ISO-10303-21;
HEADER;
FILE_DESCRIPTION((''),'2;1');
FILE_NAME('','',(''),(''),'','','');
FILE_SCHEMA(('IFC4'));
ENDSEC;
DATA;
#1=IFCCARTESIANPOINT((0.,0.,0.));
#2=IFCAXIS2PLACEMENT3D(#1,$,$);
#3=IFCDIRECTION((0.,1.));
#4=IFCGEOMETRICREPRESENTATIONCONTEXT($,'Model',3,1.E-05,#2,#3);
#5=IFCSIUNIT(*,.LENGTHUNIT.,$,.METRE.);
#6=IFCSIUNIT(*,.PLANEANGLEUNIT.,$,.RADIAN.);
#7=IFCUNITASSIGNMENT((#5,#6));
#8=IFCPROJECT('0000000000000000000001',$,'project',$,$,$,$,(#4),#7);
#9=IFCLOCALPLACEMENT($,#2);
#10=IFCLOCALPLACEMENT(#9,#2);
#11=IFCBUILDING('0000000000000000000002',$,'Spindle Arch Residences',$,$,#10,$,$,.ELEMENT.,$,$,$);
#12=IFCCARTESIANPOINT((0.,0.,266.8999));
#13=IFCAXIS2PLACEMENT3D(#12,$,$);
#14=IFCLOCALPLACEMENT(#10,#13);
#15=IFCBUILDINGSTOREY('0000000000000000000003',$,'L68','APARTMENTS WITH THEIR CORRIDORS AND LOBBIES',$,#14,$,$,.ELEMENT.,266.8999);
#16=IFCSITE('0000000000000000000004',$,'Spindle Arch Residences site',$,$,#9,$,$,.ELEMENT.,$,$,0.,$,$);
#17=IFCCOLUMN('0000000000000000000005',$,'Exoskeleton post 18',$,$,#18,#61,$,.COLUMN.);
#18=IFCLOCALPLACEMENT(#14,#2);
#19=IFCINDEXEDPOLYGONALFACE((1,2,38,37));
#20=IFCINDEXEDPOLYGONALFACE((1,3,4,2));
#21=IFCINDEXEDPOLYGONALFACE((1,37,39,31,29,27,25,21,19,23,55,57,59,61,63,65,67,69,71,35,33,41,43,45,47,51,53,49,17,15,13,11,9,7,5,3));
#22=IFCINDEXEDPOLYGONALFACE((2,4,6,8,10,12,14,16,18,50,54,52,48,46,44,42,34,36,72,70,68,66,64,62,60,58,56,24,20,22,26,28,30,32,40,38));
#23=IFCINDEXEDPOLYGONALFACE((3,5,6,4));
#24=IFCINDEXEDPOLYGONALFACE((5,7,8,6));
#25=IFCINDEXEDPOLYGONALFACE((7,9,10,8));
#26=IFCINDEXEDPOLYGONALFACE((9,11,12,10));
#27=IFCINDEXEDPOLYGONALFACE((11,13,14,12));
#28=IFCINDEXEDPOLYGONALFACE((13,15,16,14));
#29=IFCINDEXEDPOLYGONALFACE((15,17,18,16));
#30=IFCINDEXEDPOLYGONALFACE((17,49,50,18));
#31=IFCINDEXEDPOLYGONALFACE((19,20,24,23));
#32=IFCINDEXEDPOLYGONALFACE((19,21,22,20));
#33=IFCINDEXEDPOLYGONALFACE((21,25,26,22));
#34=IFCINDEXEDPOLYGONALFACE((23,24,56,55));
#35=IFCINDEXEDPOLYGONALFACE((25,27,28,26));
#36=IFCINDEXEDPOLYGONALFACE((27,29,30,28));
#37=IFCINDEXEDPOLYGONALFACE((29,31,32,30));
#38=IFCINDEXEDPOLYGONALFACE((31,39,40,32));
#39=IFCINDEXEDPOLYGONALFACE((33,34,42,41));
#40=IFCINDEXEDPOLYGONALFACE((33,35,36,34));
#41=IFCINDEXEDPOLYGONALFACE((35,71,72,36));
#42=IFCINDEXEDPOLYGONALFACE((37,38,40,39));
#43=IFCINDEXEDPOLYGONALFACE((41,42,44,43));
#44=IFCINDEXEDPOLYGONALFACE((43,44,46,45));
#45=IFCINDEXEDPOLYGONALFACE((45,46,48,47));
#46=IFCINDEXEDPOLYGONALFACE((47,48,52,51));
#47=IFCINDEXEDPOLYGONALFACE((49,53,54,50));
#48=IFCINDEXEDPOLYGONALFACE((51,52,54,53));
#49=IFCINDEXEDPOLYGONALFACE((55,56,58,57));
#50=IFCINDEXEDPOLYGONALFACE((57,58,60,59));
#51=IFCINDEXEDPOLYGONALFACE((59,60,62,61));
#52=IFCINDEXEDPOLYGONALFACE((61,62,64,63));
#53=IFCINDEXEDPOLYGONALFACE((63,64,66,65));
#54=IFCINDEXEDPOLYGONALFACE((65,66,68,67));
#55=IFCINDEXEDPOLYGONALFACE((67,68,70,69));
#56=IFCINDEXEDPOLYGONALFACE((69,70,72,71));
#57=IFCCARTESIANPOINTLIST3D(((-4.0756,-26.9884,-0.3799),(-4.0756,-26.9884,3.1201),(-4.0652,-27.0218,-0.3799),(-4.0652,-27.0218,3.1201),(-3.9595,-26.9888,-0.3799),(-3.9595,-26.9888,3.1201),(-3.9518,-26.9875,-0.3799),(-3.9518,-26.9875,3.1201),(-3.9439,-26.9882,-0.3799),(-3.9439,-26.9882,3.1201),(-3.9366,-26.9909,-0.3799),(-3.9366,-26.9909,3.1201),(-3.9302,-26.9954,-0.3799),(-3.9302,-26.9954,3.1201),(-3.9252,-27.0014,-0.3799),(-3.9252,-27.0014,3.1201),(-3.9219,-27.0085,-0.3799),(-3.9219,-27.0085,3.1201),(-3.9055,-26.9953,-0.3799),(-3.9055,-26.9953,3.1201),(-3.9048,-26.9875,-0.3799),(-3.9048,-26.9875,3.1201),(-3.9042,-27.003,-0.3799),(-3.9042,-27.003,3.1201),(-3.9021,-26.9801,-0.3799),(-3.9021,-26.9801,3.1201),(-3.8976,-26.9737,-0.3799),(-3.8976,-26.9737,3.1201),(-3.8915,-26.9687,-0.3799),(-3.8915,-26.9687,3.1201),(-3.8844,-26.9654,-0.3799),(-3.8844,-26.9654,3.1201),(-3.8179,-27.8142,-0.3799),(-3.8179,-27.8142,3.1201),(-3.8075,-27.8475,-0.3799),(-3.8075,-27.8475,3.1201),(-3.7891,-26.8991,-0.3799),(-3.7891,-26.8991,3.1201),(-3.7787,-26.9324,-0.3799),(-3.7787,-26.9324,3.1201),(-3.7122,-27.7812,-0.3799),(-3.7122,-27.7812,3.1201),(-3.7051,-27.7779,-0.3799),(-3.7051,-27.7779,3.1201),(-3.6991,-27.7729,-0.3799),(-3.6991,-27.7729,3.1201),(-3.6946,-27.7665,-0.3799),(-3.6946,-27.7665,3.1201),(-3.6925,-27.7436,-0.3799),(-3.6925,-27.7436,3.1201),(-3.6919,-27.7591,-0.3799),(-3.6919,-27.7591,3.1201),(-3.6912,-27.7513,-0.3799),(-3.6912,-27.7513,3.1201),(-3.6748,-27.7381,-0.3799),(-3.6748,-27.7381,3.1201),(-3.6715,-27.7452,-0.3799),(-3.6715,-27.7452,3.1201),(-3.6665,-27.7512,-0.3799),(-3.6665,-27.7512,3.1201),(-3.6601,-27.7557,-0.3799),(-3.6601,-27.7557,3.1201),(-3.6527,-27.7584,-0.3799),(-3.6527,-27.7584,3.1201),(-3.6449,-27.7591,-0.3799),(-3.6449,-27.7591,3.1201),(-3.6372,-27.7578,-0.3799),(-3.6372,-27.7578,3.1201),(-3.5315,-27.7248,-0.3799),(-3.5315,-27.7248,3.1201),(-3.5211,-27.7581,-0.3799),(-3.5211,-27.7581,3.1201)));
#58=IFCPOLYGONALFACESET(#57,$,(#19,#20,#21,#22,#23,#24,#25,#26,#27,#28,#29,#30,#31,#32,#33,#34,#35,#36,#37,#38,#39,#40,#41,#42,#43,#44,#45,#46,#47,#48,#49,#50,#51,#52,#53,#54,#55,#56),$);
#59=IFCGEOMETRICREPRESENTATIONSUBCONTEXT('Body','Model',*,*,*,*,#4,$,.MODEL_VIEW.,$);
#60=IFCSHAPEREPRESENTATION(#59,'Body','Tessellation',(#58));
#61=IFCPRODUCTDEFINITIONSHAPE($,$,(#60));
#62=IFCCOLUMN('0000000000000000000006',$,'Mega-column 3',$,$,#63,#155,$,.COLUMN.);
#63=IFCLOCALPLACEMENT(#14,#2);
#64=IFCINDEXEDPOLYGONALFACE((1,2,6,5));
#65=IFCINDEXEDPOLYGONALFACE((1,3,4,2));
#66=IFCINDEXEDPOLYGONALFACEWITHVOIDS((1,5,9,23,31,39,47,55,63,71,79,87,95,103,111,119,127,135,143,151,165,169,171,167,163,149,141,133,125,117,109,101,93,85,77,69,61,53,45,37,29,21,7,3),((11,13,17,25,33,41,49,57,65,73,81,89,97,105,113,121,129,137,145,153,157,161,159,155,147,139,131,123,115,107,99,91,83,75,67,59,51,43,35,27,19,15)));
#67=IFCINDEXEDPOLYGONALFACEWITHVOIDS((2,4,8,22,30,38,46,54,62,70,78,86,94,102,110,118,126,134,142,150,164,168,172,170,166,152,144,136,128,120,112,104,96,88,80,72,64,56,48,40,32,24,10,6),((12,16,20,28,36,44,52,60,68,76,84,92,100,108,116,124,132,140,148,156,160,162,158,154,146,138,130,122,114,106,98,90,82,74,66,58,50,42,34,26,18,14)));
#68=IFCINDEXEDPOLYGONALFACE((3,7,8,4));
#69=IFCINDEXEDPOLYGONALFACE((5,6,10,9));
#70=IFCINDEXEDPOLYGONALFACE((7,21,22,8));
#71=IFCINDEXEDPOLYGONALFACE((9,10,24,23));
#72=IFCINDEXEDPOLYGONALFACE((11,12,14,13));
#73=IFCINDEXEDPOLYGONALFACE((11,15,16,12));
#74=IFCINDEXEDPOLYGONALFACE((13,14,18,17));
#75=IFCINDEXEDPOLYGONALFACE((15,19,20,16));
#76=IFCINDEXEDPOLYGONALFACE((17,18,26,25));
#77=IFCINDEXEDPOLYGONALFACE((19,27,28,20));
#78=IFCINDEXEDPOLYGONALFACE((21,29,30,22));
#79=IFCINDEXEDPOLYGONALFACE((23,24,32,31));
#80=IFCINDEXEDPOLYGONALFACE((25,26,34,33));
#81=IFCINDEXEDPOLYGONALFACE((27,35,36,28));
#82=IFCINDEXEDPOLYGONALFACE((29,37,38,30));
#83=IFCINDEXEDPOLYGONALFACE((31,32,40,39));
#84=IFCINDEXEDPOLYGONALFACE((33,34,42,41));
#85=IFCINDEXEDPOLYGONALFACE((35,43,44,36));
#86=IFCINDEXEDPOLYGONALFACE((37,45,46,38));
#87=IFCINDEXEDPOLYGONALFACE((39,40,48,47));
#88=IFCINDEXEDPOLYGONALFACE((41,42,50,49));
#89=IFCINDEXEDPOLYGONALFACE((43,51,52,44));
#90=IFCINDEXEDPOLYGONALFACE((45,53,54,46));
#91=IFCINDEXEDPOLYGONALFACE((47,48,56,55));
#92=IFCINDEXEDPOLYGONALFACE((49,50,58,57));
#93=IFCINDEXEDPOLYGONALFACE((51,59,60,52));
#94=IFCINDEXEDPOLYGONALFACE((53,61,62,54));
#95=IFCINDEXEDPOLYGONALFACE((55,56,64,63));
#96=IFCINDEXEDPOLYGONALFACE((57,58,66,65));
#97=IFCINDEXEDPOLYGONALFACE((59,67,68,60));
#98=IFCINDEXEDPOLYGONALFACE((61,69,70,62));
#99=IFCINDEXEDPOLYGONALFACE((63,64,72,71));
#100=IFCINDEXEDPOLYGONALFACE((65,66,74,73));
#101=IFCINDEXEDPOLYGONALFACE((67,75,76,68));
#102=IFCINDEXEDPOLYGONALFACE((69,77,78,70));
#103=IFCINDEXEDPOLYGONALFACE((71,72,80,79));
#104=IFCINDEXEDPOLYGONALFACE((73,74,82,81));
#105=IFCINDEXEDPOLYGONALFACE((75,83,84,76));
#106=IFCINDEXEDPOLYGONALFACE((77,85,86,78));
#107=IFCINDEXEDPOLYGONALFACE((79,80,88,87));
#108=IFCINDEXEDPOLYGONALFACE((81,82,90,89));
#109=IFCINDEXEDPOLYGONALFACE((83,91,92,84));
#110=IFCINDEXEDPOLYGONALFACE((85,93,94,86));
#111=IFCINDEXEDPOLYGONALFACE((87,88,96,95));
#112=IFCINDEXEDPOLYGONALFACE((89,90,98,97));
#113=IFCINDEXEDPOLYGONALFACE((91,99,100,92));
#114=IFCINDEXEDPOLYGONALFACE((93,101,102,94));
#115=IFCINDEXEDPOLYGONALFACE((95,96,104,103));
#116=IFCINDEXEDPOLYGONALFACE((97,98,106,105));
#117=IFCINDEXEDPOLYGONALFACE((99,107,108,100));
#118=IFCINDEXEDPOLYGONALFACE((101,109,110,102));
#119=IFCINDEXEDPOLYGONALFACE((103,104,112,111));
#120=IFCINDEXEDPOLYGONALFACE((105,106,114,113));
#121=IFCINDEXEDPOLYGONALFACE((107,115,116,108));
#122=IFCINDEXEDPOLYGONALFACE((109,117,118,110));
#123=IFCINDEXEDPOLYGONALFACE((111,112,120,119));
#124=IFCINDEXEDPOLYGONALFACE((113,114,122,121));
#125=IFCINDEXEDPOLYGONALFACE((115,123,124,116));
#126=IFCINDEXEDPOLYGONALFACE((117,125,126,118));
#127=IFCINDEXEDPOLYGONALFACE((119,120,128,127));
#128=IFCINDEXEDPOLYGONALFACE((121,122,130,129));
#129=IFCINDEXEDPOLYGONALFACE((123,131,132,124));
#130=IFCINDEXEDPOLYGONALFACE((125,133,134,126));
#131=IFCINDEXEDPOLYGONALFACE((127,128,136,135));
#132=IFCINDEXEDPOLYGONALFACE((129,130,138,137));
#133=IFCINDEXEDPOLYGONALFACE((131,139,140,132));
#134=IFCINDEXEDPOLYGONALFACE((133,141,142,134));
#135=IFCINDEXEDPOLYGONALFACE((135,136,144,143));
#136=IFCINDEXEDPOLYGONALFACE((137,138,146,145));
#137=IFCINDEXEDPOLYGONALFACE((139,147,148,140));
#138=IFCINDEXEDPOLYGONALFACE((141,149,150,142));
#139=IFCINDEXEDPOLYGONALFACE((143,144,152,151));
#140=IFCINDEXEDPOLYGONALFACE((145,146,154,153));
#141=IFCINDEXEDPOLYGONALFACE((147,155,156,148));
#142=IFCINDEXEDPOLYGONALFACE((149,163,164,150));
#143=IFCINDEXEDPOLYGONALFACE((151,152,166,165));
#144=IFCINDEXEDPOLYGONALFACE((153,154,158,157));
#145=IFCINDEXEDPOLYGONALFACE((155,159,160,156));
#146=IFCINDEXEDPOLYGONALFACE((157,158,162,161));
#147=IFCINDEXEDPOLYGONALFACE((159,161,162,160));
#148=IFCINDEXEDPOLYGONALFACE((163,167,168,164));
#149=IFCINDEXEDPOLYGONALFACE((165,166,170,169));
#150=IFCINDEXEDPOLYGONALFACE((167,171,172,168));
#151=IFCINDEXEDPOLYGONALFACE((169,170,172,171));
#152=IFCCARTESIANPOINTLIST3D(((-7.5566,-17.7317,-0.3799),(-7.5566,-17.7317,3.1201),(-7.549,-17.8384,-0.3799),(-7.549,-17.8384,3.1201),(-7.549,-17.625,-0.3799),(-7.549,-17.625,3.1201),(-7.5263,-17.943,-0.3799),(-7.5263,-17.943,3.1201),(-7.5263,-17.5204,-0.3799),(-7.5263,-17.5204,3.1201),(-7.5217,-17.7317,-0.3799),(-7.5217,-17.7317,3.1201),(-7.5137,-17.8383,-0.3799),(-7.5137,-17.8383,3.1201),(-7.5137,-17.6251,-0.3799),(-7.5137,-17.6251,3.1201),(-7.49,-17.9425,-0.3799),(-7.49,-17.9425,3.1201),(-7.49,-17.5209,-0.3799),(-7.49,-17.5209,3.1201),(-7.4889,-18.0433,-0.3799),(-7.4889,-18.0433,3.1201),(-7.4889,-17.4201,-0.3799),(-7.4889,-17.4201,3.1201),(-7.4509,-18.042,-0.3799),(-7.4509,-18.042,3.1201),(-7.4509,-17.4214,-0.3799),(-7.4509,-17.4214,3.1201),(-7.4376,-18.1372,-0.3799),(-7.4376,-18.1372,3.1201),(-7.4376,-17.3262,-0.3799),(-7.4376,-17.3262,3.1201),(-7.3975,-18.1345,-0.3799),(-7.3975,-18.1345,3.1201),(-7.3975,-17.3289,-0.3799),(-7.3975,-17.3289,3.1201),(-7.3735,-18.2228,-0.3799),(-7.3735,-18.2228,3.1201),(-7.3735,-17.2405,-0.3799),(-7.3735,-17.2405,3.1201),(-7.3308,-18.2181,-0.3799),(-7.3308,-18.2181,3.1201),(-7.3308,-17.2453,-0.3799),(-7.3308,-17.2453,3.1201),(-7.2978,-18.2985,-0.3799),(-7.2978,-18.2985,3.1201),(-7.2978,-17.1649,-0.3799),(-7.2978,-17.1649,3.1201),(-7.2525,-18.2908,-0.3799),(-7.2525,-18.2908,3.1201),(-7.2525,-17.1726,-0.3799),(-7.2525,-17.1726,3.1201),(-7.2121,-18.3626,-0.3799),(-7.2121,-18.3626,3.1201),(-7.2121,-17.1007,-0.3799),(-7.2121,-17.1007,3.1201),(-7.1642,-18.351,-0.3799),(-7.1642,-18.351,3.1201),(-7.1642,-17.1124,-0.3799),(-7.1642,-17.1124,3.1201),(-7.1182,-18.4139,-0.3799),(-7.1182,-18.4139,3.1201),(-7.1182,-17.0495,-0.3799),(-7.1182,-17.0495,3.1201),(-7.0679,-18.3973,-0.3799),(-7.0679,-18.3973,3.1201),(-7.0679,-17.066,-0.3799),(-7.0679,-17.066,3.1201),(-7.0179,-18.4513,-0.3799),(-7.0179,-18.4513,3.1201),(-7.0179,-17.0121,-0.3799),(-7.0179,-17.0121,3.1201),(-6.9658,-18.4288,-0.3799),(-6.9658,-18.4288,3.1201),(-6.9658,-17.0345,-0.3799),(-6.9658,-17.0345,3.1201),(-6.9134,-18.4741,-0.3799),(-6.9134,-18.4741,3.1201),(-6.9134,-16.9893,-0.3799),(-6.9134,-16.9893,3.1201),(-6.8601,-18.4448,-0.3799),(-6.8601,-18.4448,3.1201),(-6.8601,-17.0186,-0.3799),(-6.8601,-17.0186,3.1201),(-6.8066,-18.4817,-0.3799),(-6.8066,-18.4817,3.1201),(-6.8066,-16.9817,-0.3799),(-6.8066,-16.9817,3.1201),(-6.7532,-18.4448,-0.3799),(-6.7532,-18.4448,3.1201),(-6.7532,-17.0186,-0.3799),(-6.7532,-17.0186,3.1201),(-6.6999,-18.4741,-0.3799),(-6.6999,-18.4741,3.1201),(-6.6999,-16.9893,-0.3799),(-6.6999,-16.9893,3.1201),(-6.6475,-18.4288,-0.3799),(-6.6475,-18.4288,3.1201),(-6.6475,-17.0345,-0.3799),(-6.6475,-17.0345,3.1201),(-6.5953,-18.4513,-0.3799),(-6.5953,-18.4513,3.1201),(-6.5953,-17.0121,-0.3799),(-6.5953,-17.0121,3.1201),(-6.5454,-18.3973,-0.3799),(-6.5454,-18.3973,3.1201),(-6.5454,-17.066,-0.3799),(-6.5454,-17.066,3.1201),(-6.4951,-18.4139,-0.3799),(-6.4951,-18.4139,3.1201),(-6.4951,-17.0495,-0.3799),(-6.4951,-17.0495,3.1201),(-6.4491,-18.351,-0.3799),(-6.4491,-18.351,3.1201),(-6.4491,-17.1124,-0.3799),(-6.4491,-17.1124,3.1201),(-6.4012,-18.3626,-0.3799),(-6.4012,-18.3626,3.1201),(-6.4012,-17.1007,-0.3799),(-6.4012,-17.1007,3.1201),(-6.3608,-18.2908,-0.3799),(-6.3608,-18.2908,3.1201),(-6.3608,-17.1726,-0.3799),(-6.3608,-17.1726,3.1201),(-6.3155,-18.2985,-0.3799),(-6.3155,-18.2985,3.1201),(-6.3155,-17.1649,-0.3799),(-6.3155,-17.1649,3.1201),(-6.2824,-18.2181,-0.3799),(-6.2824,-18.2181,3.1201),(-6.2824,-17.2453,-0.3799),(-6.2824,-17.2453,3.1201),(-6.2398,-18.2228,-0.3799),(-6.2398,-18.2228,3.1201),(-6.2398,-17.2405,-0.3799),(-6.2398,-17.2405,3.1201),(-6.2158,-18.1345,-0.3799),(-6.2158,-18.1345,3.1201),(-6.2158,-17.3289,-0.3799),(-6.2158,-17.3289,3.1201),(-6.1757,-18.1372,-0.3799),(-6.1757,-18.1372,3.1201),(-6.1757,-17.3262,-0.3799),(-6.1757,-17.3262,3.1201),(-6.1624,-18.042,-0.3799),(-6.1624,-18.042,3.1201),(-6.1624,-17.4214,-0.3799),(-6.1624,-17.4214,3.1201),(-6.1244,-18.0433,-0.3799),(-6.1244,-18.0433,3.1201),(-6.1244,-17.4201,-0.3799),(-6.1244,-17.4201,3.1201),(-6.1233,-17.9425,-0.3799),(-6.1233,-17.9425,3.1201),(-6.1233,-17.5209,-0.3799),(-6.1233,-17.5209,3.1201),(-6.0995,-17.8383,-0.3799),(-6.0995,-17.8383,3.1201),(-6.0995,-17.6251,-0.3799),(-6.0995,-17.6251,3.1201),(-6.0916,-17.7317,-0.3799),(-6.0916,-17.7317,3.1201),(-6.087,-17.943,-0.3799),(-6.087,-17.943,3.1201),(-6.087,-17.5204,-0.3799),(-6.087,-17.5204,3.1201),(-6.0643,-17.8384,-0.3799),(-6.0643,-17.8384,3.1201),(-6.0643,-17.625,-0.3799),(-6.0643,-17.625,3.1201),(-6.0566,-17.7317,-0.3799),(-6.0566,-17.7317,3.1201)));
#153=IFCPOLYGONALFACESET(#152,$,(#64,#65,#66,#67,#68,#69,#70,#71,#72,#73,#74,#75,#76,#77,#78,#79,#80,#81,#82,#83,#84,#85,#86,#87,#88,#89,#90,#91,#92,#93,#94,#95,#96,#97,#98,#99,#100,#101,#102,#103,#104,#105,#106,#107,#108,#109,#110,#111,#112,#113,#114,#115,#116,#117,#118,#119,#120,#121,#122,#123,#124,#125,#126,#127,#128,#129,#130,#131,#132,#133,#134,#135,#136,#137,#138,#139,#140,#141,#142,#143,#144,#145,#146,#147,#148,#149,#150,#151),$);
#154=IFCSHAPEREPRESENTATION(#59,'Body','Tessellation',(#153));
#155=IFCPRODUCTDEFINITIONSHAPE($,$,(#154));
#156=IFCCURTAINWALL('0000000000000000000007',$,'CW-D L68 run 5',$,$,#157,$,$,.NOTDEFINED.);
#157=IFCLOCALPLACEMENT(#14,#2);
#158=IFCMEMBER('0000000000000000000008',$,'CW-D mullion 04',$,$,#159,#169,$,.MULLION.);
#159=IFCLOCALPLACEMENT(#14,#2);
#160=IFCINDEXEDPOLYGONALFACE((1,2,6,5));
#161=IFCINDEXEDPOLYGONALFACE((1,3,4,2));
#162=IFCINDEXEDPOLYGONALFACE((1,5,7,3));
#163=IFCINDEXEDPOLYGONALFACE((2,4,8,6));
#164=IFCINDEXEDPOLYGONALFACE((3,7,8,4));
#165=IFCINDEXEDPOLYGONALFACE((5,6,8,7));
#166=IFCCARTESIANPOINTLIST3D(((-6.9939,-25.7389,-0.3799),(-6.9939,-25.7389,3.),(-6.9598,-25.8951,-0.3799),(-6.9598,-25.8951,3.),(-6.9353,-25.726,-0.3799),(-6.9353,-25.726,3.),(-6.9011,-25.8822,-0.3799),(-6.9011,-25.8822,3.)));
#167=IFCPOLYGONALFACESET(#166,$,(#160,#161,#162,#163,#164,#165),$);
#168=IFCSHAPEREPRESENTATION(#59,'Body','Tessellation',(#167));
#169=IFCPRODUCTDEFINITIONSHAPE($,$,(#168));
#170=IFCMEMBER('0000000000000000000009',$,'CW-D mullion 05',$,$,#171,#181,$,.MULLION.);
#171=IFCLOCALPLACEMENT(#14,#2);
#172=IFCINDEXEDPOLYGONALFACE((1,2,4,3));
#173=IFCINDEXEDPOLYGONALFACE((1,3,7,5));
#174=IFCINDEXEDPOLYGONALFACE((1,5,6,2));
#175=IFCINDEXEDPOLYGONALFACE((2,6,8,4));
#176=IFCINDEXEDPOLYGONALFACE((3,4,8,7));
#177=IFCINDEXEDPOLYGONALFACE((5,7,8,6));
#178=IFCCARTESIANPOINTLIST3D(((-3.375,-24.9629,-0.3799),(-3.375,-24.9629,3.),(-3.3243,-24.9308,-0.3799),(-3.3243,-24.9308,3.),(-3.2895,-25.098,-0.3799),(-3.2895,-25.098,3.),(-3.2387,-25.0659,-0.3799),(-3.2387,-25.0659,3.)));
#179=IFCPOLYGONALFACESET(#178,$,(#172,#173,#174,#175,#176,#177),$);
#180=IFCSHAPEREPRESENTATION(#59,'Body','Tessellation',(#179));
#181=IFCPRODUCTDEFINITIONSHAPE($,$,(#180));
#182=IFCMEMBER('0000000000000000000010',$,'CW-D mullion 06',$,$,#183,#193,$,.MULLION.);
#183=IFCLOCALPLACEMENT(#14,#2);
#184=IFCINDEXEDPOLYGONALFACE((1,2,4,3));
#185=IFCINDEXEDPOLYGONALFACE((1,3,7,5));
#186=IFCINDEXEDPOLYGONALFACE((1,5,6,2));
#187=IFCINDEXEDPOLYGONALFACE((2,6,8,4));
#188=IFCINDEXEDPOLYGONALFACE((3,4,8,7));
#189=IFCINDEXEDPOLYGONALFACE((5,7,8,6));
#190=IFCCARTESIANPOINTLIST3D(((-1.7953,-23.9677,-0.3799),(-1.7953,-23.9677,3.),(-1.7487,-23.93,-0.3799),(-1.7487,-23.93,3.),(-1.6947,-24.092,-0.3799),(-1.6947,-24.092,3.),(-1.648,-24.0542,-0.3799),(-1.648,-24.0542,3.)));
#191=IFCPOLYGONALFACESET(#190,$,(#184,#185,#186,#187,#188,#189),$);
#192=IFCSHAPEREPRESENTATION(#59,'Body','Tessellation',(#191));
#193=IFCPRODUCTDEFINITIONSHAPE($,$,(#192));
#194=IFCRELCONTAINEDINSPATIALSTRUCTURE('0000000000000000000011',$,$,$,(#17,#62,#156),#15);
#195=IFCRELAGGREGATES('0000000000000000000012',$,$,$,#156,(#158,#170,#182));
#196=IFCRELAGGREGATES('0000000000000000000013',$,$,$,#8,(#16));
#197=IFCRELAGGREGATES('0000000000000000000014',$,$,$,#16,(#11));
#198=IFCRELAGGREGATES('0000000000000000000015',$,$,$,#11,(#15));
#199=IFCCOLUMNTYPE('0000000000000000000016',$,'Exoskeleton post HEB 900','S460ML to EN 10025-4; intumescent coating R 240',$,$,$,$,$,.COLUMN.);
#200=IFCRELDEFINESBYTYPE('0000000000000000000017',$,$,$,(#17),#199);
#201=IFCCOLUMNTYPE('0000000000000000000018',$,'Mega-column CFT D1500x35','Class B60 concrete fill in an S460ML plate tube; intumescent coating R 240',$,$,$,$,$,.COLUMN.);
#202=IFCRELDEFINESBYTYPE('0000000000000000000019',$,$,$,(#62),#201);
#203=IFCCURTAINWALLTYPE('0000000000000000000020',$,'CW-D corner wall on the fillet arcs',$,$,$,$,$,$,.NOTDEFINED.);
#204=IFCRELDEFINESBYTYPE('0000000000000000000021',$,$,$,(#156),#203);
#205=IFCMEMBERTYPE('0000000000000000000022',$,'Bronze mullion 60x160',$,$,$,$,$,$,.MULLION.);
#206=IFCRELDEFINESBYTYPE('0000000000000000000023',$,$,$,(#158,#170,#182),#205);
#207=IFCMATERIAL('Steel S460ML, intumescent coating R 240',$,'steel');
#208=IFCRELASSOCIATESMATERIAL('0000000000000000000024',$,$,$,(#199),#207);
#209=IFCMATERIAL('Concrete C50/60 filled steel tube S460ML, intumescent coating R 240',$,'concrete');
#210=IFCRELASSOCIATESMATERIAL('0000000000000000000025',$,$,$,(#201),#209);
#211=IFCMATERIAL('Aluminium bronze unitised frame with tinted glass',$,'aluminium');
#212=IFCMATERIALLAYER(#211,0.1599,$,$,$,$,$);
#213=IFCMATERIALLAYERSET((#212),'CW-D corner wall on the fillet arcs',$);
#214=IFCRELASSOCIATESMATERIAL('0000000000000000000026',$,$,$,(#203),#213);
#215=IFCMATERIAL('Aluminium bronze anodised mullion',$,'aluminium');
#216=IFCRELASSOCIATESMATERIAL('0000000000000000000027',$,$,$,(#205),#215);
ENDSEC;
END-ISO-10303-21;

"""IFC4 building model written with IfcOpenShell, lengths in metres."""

from ifc_helpers import new_model, si_unit, direction, frame, origin, origin_2d, place, context, subcontext, project, spatial, rectangle, hollow_circle, i_section, extrude, material, layer, layer_set, material_profile, profile_set, type_object, element, aggregate, save


model = new_model("IFC4")

# Units and contexts
model_context = context("Model", 3, precision=1e-05, world=origin(), true_north=direction((0.0, 1.0)))
body_context = subcontext(model_context, "Body", "Model", "MODEL_VIEW")
ifc_project = project(units=[si_unit("LENGTHUNIT", "METRE"), si_unit("PLANEANGLEUNIT", "RADIAN")], contexts=[model_context])

# Site, building, storey
site_placement = place(None, origin())
site = spatial("IfcSite", under=ifc_project, at=site_placement, Name="Spindle Arch Residences site", CompositionType="ELEMENT", RefElevation=0.0)
building_placement = place(site_placement, origin())
building = spatial("IfcBuilding", under=site, at=building_placement, Name="Spindle Arch Residences", CompositionType="ELEMENT")
storey_placement = place(building_placement, frame((0.0, 0.0, 266.8999)))
storey = spatial("IfcBuildingStorey", under=building, at=storey_placement, Name="L68", Description="APARTMENTS WITH THEIR CORRIDORS AND LOBBIES", CompositionType="ELEMENT", Elevation=266.8999)

# Columns
ifc_material_1 = material(Name="Steel S460ML, intumescent coating R 240", Category="steel")
ifc_material_profile_1 = material_profile(ifc_material_1, i_section(OverallWidth=0.3, OverallDepth=0.8999, WebThickness=0.0186, FlangeThickness=0.0349, FilletRadius=0.03, at=origin_2d()), Name="HEB 900")
ifc_profile_set_1 = profile_set([ifc_material_profile_1], Name="Steel S460ML, intumescent coating R 240")
column_type_1 = type_object("IfcColumnType", Name="Exoskeleton post HEB 900", Description="S460ML to EN 10025-4; intumescent coating R 240", PredefinedType="COLUMN", material=ifc_profile_set_1)
column_1_placement = place(storey_placement, frame((-3.7983, -27.3733, -0.3799), z_axis=(0.0, 0.0, 1.0), x_axis=(-0.954617, -0.297835, 0.0)))
element("IfcColumn", 1, at=column_1_placement, inside=storey, type_object=column_type_1, Name="Exoskeleton post 18", PredefinedType="COLUMN", context=body_context, shape_type="SweptSolid", body=[
    extrude(i_section(OverallWidth=0.3, OverallDepth=0.8999, WebThickness=0.0186, FlangeThickness=0.0349, FilletRadius=0.03, at=origin_2d()), origin(), (0.0, 0.0, 1.0), 3.5),
])
ifc_material_2 = material(Name="Concrete C50/60 filled steel tube S460ML, intumescent coating R 240", Category="concrete")
ifc_material_profile_2 = material_profile(ifc_material_2, hollow_circle(Radius=0.75, WallThickness=0.0349, at=origin_2d()), Name="CFT D1500x35")
ifc_profile_set_2 = profile_set([ifc_material_profile_2], Name="Concrete C50/60 filled steel tube S460ML, intumescent coating R 240")
column_type_2 = type_object("IfcColumnType", Name="Mega-column CFT D1500x35", Description="Class B60 concrete fill in an S460ML plate tube; intumescent coating R 240", PredefinedType="COLUMN", material=ifc_profile_set_2)
column_2_placement = place(storey_placement, frame((-6.8066, -17.7317, -0.3799), z_axis=(0.0, 0.0, 1.0), x_axis=(1.0, 0.0, 0.0)))
element("IfcColumn", 2, at=column_2_placement, inside=storey, type_object=column_type_2, Name="Mega-column 3", PredefinedType="COLUMN", context=body_context, shape_type="SweptSolid", body=[
    extrude(hollow_circle(Radius=0.75, WallThickness=0.0349, at=origin_2d()), origin(), (0.0, 0.0, 1.0), 3.5),
])

# Curtain wall, members
ifc_material_3 = material(Name="Aluminium bronze unitised frame with tinted glass", Category="aluminium")
ifc_layer_1 = layer(ifc_material_3, 0.1599)
ifc_layer_set_1 = layer_set([ifc_layer_1], Name="CW-D corner wall on the fillet arcs")
curtain_wall_type = type_object("IfcCurtainWallType", Name="CW-D corner wall on the fillet arcs", PredefinedType="NOTDEFINED", material=ifc_layer_set_1)
curtain_wall_placement = place(storey_placement, origin())
curtain_wall = element("IfcCurtainWall", 3, at=curtain_wall_placement, inside=storey, type_object=curtain_wall_type, Name="CW-D L68 run 5", PredefinedType="NOTDEFINED")
ifc_material_4 = material(Name="Aluminium bronze anodised mullion", Category="aluminium")
ifc_material_profile_3 = material_profile(ifc_material_4, rectangle(XDim=0.1599, YDim=0.0601, at=origin_2d()), Name="MU 60x160")
ifc_profile_set_3 = profile_set([ifc_material_profile_3], Name="Aluminium bronze anodised mullion")
member_type_1 = type_object("IfcMemberType", Name="Bronze mullion 60x160", PredefinedType="MULLION", material=ifc_profile_set_3)
member_1_placement = place(storey_placement, frame((-6.9475, -25.8105, -0.3799), z_axis=(0.0, 0.0, 1.0), x_axis=(-0.213599, 0.976921, 0.0)))
member_1 = element("IfcMember", 4, at=member_1_placement, type_object=member_type_1, Name="CW-D mullion 04", PredefinedType="MULLION", context=body_context, shape_type="SweptSolid", body=[
    extrude(rectangle(XDim=0.1599, YDim=0.0601, at=origin_2d()), origin(), (0.0, 0.0, 1.0), 3.3799),
])
member_2_placement = place(storey_placement, frame((-3.3069, -25.0144, -0.3799), z_axis=(0.0, 0.0, 1.0), x_axis=(-0.534844, 0.844951, 0.0)))
member_2 = element("IfcMember", 5, at=member_2_placement, type_object=member_type_1, Name="CW-D mullion 05", PredefinedType="MULLION", context=body_context, shape_type="SweptSolid", body=[
    extrude(rectangle(XDim=0.1599, YDim=0.0601, at=origin_2d()), origin(), (0.0, 0.0, 1.0), 3.3799),
])
member_3_placement = place(storey_placement, frame((-1.7217, -24.011, -0.3799), z_axis=(0.0, 0.0, 1.0), x_axis=(-0.62932, 0.777146, 0.0)))
member_3 = element("IfcMember", 6, at=member_3_placement, type_object=member_type_1, Name="CW-D mullion 06", PredefinedType="MULLION", context=body_context, shape_type="SweptSolid", body=[
    extrude(rectangle(XDim=0.1599, YDim=0.0601, at=origin_2d()), origin(), (0.0, 0.0, 1.0), 3.3799),
])

aggregate(curtain_wall, [member_1, member_2, member_3])

save(model, "model.ifc")
